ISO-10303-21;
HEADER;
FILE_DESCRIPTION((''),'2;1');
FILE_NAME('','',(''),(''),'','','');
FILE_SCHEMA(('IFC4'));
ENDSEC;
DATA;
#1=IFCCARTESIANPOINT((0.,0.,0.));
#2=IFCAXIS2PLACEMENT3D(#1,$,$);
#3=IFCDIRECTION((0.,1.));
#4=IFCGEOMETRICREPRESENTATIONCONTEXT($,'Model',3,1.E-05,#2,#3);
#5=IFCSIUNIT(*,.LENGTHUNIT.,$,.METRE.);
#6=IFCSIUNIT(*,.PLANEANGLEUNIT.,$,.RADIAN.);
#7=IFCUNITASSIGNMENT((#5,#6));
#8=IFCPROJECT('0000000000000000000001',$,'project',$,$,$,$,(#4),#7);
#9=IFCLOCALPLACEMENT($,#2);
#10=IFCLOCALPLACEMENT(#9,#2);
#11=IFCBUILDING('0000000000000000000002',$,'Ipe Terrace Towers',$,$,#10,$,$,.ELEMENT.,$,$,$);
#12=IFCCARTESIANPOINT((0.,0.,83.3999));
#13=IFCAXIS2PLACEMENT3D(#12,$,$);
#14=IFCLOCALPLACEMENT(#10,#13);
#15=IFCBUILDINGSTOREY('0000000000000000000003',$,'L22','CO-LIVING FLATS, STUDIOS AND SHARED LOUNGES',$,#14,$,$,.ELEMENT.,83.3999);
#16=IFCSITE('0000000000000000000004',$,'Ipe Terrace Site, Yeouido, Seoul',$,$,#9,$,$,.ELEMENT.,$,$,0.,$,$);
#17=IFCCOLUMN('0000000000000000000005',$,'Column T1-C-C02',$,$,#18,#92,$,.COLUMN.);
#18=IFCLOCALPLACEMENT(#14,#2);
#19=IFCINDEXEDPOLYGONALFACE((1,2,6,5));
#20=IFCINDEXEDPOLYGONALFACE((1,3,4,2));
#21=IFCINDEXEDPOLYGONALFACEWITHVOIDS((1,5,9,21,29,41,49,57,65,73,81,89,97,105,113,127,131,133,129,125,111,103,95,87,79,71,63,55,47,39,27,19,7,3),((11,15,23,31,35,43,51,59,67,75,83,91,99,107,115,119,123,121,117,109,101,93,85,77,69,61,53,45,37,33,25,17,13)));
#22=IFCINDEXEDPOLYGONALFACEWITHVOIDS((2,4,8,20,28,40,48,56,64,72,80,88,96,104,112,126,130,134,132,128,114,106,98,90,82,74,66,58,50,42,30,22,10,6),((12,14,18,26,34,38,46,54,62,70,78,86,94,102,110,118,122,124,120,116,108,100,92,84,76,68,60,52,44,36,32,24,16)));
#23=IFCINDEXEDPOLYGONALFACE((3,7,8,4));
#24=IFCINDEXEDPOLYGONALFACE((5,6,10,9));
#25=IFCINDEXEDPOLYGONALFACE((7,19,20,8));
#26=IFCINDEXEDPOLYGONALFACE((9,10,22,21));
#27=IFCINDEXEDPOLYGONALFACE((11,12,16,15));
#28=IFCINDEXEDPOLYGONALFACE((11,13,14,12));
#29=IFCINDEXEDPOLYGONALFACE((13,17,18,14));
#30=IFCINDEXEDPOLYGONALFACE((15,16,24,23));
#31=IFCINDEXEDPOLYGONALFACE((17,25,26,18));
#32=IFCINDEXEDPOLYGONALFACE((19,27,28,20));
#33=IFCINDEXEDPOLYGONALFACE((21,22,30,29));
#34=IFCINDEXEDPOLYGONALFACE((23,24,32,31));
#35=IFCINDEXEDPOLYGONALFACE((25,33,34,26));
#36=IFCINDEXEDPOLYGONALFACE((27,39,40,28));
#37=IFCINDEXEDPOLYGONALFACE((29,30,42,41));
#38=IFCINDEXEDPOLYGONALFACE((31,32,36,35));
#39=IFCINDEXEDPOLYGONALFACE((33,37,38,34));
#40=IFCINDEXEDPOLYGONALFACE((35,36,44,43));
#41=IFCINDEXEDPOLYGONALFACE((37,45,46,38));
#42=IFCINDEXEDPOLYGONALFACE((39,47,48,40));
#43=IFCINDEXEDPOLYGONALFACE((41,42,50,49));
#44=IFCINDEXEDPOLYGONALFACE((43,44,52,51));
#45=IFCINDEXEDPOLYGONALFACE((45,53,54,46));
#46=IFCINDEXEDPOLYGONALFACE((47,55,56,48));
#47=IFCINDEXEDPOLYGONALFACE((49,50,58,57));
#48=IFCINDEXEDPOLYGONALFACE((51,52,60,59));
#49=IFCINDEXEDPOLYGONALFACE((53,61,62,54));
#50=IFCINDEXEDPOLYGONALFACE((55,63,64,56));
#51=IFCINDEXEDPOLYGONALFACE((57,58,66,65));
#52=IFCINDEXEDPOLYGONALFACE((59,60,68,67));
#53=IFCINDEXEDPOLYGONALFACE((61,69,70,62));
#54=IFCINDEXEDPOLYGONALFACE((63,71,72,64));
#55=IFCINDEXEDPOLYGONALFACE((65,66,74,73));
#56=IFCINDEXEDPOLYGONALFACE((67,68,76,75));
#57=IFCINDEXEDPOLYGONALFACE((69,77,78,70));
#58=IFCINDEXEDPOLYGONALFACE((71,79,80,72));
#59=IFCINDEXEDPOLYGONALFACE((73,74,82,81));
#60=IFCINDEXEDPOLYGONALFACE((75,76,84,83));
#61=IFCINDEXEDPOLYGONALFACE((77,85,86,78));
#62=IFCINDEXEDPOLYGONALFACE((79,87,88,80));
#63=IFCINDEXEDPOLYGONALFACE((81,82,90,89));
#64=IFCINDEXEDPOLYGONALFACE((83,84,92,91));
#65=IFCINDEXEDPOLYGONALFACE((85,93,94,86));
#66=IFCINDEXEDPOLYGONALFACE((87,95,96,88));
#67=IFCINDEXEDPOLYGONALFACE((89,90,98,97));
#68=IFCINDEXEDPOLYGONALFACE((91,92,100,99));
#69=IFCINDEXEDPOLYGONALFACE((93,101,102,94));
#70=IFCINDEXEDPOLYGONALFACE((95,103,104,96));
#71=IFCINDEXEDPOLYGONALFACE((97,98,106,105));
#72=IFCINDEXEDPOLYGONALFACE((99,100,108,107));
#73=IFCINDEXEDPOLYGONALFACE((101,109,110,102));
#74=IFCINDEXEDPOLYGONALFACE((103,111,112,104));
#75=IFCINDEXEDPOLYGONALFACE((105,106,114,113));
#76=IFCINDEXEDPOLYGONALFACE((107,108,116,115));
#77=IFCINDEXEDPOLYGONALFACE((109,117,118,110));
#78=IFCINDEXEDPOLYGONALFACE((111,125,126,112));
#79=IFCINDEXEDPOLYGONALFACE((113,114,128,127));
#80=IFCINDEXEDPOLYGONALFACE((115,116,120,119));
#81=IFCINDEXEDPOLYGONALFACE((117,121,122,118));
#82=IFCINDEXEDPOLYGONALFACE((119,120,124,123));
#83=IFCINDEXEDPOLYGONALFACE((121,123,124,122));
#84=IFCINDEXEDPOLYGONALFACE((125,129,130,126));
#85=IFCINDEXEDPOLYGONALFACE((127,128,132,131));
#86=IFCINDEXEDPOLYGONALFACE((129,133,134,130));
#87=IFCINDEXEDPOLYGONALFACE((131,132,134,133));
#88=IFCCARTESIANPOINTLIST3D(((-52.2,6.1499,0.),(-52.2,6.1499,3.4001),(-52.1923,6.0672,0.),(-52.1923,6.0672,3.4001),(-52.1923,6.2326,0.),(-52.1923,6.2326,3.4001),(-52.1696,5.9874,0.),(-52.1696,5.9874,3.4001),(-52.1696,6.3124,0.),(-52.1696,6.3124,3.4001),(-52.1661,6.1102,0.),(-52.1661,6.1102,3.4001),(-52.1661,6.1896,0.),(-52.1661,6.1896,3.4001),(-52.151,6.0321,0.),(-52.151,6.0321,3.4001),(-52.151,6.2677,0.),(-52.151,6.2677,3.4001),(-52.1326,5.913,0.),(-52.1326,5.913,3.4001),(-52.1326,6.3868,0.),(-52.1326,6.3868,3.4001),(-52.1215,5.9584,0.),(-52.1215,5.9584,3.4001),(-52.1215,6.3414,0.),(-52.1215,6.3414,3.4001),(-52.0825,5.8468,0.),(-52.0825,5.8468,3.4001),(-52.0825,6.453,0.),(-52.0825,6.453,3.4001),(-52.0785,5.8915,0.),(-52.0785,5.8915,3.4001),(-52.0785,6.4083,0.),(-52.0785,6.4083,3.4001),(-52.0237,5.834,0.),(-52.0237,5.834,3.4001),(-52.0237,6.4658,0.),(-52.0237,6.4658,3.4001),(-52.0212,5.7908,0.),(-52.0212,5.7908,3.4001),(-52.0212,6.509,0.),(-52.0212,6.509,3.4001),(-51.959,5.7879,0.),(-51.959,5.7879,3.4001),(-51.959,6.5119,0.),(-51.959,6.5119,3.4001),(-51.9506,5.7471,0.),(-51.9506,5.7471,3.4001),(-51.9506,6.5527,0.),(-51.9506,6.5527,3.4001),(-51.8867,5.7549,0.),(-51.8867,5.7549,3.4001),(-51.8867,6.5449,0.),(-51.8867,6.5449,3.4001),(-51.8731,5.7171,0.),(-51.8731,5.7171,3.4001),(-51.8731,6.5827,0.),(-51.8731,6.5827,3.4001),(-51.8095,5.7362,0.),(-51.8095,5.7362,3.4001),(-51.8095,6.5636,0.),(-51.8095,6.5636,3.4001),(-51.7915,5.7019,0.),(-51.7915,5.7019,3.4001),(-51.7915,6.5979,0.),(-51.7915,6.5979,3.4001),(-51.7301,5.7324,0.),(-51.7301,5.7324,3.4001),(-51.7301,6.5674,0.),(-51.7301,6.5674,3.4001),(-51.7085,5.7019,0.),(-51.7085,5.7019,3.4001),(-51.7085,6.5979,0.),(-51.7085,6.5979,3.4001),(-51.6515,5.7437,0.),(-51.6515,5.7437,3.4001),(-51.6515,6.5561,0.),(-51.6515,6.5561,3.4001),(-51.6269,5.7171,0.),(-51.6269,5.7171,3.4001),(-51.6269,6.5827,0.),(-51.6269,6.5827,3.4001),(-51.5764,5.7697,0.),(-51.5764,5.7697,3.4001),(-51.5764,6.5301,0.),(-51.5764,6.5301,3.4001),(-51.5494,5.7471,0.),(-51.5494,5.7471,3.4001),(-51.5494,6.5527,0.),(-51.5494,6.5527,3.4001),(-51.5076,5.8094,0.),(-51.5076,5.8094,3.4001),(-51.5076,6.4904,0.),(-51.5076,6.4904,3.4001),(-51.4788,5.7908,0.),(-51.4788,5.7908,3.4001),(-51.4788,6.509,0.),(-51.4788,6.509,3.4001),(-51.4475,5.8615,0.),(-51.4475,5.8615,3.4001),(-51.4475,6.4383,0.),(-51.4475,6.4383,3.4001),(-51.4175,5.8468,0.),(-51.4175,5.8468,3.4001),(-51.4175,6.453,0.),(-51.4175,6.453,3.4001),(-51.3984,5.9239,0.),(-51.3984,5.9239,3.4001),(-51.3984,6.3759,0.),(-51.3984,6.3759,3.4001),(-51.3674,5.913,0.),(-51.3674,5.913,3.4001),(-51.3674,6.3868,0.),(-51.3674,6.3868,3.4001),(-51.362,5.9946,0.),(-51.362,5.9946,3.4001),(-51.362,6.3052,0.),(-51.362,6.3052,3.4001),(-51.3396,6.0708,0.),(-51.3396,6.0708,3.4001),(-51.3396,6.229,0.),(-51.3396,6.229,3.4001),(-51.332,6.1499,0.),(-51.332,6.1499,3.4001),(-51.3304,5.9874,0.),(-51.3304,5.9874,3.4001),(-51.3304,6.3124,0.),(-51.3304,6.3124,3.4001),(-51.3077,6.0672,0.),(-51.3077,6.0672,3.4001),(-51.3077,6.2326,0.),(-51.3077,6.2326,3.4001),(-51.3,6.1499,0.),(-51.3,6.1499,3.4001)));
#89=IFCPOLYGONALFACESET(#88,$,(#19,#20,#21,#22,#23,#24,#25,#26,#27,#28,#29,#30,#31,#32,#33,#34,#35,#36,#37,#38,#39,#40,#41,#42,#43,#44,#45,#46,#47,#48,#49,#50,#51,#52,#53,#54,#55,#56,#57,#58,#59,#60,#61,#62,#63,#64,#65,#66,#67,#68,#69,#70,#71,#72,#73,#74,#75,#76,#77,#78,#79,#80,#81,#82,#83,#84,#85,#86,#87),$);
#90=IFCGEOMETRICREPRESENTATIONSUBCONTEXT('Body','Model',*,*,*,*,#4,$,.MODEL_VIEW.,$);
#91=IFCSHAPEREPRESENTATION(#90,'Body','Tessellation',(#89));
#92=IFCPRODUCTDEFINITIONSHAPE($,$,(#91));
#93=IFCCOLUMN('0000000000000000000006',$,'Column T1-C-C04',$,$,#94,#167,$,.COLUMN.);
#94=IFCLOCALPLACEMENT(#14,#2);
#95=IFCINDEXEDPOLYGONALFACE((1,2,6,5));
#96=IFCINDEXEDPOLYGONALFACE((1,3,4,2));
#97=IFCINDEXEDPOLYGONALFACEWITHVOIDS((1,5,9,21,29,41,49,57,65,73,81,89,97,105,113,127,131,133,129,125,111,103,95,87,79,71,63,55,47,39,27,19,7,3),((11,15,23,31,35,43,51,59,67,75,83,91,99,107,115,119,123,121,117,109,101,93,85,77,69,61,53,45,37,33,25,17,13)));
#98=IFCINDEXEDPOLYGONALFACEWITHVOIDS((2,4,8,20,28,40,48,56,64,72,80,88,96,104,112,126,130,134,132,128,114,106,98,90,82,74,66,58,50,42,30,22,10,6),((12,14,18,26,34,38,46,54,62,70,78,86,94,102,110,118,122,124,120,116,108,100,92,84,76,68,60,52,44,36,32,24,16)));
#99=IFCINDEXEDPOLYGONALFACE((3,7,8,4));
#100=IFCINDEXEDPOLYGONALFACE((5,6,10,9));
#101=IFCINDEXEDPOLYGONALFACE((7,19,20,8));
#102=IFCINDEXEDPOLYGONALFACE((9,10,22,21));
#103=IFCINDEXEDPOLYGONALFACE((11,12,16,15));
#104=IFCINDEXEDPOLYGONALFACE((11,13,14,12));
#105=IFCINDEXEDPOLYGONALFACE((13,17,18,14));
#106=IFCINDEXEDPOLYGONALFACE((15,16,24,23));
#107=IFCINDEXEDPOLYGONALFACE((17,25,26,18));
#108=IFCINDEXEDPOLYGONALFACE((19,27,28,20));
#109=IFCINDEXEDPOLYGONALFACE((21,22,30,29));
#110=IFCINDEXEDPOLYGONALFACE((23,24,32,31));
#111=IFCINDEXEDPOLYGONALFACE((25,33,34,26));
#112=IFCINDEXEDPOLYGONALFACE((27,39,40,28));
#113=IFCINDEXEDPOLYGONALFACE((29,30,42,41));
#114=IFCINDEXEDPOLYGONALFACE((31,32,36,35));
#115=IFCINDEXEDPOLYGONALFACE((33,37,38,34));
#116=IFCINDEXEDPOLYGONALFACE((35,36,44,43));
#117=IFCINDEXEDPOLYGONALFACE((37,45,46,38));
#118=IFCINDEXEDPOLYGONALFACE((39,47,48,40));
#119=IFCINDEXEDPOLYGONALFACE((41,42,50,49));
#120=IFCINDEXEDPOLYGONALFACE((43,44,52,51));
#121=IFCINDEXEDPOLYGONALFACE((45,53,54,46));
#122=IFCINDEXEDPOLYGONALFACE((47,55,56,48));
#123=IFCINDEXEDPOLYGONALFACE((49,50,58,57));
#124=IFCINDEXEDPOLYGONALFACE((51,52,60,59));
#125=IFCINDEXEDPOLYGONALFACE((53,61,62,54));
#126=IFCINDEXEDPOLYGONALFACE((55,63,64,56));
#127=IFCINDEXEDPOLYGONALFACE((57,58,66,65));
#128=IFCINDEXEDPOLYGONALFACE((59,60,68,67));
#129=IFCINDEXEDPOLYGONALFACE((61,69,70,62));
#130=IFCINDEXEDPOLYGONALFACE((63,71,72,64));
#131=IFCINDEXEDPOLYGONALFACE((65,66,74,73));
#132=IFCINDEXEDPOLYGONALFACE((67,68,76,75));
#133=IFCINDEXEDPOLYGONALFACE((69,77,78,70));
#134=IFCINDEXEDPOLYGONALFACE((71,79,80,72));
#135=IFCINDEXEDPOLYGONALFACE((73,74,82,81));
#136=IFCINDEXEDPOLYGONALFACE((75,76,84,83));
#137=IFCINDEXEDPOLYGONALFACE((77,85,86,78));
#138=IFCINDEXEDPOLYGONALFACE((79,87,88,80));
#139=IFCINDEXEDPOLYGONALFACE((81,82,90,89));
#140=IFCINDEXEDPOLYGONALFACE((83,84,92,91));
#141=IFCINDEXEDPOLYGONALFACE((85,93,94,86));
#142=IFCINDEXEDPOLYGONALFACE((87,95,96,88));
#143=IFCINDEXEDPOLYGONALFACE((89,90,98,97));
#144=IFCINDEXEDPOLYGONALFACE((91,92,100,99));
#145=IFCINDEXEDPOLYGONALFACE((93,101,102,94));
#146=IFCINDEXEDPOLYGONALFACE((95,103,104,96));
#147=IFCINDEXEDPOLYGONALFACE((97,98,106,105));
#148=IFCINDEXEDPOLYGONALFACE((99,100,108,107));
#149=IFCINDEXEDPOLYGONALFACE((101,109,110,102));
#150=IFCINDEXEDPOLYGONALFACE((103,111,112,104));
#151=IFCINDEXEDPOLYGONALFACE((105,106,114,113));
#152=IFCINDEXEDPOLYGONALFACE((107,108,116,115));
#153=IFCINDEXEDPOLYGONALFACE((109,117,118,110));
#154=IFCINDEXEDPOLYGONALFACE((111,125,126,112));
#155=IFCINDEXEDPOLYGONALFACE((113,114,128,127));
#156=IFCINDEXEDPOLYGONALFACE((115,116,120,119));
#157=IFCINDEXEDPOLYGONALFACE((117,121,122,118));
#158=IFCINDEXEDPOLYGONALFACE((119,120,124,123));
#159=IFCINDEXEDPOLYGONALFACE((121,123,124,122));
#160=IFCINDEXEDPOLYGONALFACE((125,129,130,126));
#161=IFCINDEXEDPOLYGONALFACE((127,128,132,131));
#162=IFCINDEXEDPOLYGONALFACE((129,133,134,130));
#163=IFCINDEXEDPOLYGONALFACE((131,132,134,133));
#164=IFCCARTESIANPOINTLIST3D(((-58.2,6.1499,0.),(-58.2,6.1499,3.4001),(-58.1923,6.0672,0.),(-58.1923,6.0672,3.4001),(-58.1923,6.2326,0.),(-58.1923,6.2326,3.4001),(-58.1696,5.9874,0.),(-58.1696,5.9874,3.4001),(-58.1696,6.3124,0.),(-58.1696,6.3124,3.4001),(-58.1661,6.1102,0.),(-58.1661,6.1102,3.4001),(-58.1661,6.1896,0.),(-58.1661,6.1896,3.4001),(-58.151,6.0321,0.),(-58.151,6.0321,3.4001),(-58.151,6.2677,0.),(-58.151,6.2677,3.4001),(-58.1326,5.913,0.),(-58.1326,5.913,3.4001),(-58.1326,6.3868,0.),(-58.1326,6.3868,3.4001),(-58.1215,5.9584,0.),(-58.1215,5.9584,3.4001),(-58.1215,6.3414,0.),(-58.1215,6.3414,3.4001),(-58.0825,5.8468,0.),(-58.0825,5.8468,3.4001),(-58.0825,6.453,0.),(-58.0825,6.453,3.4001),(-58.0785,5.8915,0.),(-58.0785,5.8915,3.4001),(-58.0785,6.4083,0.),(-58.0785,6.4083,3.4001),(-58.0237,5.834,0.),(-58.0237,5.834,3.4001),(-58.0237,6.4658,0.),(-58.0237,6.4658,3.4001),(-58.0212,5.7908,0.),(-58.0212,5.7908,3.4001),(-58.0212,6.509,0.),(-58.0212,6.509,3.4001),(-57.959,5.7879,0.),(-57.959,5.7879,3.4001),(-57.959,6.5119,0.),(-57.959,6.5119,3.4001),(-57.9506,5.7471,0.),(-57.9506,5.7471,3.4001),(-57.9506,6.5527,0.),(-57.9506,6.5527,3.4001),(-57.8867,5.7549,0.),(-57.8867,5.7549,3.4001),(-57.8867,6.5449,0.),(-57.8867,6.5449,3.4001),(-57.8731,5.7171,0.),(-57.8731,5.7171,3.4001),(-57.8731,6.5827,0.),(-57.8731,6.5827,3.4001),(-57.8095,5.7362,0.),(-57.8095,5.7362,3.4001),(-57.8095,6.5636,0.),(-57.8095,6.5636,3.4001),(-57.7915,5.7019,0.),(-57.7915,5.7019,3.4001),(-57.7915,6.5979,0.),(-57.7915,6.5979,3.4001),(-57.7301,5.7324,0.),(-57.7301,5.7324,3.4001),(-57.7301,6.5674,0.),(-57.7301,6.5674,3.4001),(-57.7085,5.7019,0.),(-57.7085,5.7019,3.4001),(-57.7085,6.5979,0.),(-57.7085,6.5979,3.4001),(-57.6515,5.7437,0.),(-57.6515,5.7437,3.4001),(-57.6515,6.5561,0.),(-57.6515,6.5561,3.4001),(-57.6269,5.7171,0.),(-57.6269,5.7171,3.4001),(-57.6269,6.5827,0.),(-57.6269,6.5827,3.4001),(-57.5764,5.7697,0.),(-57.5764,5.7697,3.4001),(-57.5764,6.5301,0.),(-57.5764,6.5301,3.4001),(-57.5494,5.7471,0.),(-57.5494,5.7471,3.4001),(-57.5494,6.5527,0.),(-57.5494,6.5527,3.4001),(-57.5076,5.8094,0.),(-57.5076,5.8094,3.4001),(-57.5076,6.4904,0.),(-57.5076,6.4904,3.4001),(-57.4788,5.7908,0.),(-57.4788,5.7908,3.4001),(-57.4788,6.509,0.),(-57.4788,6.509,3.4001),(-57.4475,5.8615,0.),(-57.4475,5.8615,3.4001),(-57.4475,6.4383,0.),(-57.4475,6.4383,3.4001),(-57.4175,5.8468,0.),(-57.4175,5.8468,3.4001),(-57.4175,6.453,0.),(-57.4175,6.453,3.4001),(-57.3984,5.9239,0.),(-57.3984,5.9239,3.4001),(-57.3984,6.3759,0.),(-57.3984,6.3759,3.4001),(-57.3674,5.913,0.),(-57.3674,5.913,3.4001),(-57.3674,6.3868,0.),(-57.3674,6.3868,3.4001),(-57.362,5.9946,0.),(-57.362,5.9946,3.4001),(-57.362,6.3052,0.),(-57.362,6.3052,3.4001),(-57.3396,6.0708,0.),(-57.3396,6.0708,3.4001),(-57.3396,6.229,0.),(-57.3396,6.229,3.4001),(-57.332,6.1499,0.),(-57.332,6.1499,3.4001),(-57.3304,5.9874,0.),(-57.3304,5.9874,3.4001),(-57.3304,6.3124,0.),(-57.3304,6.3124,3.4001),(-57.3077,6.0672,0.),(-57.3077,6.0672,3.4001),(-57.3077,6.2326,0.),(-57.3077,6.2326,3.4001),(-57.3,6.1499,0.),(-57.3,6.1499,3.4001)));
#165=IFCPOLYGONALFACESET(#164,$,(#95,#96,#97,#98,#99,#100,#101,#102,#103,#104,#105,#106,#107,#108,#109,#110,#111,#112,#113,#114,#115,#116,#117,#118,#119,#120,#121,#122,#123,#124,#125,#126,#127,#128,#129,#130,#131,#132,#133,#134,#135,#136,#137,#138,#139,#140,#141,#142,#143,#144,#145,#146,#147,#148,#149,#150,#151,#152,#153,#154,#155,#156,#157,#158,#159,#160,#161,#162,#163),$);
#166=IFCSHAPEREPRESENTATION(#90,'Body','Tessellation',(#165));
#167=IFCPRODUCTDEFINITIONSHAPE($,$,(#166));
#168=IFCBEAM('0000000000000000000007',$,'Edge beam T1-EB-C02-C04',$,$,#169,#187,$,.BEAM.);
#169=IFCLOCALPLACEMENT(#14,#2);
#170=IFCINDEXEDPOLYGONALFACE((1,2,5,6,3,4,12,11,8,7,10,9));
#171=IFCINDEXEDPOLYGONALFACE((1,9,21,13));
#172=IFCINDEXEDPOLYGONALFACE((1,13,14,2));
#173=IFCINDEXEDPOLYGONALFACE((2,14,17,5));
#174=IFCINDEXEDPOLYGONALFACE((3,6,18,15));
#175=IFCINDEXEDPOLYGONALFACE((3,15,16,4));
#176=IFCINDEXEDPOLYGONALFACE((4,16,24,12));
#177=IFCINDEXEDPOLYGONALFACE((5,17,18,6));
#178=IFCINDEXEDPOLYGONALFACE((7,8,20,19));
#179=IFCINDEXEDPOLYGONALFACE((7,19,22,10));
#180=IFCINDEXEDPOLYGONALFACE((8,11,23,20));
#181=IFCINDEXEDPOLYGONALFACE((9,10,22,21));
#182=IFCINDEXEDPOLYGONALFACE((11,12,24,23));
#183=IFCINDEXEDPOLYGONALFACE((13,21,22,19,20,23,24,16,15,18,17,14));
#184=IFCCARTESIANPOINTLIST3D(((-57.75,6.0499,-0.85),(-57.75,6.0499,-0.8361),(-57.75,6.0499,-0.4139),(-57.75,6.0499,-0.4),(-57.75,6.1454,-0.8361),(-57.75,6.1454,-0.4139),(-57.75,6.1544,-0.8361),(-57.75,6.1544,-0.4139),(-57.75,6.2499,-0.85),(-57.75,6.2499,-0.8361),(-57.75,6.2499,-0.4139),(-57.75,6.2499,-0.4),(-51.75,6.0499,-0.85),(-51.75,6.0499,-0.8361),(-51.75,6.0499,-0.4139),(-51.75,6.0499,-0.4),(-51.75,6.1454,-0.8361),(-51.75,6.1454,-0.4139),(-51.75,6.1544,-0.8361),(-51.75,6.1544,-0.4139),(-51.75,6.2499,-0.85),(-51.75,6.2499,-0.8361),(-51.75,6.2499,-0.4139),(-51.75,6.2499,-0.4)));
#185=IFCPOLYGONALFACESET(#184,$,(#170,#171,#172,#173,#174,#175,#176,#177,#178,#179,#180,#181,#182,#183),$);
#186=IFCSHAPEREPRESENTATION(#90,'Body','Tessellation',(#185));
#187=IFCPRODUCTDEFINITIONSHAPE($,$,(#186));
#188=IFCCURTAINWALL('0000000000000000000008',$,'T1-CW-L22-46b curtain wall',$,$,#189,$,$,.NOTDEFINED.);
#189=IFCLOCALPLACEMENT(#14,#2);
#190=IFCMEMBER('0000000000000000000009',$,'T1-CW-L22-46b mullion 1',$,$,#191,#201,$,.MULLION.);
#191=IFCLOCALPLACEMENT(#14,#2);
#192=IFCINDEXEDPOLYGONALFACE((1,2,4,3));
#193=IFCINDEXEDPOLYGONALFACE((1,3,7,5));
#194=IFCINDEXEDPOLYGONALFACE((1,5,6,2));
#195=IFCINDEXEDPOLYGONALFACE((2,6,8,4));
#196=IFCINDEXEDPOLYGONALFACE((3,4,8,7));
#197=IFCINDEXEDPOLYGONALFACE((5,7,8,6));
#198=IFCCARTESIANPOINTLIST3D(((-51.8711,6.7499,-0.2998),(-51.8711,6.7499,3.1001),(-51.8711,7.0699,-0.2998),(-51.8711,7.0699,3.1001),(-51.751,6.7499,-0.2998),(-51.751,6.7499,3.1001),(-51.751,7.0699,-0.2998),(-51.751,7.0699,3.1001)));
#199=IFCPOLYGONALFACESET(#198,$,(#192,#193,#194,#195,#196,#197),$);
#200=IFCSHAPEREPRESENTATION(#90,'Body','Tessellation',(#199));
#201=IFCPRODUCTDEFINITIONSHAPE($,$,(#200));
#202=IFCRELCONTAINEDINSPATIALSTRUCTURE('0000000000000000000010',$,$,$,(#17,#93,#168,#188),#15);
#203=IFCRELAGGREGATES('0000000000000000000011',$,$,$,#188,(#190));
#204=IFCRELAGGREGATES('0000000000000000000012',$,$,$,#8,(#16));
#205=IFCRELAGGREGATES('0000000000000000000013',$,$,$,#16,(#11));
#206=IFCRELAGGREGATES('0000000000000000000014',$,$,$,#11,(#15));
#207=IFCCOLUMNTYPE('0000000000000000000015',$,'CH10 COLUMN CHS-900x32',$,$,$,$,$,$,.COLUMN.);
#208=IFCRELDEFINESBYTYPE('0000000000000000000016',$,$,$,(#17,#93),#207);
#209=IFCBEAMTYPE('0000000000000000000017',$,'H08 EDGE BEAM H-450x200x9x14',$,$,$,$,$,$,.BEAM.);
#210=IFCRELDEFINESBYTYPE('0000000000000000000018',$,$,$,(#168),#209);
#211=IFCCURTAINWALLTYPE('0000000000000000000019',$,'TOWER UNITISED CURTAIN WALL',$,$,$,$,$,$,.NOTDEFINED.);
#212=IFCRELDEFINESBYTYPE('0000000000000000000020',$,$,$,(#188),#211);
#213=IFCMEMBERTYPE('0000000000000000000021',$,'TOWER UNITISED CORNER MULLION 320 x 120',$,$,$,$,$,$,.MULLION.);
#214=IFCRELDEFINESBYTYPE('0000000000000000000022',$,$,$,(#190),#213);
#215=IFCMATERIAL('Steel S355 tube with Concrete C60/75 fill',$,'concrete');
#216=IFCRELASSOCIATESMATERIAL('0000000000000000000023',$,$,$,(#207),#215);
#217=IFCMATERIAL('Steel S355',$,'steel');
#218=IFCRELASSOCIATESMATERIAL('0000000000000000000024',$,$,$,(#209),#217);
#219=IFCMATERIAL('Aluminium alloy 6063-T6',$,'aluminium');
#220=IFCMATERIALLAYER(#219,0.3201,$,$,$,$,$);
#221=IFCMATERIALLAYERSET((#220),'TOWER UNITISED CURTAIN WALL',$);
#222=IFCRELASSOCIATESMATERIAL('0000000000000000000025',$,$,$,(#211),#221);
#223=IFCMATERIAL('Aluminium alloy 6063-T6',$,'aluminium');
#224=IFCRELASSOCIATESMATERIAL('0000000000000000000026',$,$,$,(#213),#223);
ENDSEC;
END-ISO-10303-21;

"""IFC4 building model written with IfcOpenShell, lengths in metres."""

from ifc_helpers import new_model, si_unit, direction, frame, origin, origin_2d, place, context, subcontext, project, spatial, rectangle, hollow_circle, i_section, extrude, material, layer, layer_set, material_profile, profile_set, type_object, element, aggregate, save


model = new_model("IFC4")

# Units and contexts
model_context = context("Model", 3, precision=1e-05, world=origin(), true_north=direction((0.0, 1.0)))
body_context = subcontext(model_context, "Body", "Model", "MODEL_VIEW")
ifc_project = project(units=[si_unit("LENGTHUNIT", "METRE"), si_unit("PLANEANGLEUNIT", "RADIAN")], contexts=[model_context])

# Site, building, storey
site_placement = place(None, origin())
site = spatial("IfcSite", under=ifc_project, at=site_placement, Name="Ipe Terrace Site, Yeouido, Seoul", CompositionType="ELEMENT", RefElevation=0.0)
building_placement = place(site_placement, origin())
building = spatial("IfcBuilding", under=site, at=building_placement, Name="Ipe Terrace Towers", CompositionType="ELEMENT")
storey_placement = place(building_placement, frame((0.0, 0.0, 83.3999)))
storey = spatial("IfcBuildingStorey", under=building, at=storey_placement, Name="L22", Description="CO-LIVING FLATS, STUDIOS AND SHARED LOUNGES", CompositionType="ELEMENT", Elevation=83.3999)

# Columns
ifc_material_1 = material(Name="Steel S355 tube with Concrete C60/75 fill", Category="concrete")
ifc_material_profile_1 = material_profile(ifc_material_1, hollow_circle(Radius=0.45, WallThickness=0.032, at=origin_2d()), Name="CHS-900x32")
ifc_profile_set_1 = profile_set([ifc_material_profile_1], Name="Steel S355 tube with Concrete C60/75 fill")
column_type = type_object("IfcColumnType", Name="CH10 COLUMN CHS-900x32", PredefinedType="COLUMN", material=ifc_profile_set_1)
for number, where, z_axis, x_axis, name in (
    (1, (-51.75, 6.1499, 0.0), (0.0, 0.0, 1.0), (1.0, 0.0, 0.0), "Column T1-C-C02"),
    (2, (-57.75, 6.1499, 0.0), (0.0, 0.0, 1.0), (1.0, 0.0, 0.0), "Column T1-C-C04"),
):
    element("IfcColumn", number, at=place(storey_placement, frame(where, z_axis=z_axis, x_axis=x_axis)), inside=storey, type_object=column_type, Name=name, PredefinedType="COLUMN", context=body_context, shape_type="SweptSolid", body=[
        extrude(hollow_circle(Radius=0.45, WallThickness=0.032, at=origin_2d()), origin(), (0.0, 0.0, 1.0), 3.4001),
    ])

# Beam
ifc_material_2 = material(Name="Steel S355", Category="steel")
ifc_material_profile_2 = material_profile(ifc_material_2, i_section(OverallWidth=0.2, OverallDepth=0.45, WebThickness=0.009, FlangeThickness=0.0139, at=origin_2d()), Name="H-450x200x9x14")
ifc_profile_set_2 = profile_set([ifc_material_profile_2], Name="Steel S355")
beam_type = type_object("IfcBeamType", Name="H08 EDGE BEAM H-450x200x9x14", PredefinedType="BEAM", material=ifc_profile_set_2)
beam_placement = place(storey_placement, frame((-51.75, 6.1499, -0.625), z_axis=(-1.0, 0.0, 0.0), x_axis=(0.0, -1.0, 0.0)))
element("IfcBeam", 3, at=beam_placement, inside=storey, type_object=beam_type, Name="Edge beam T1-EB-C02-C04", PredefinedType="BEAM", context=body_context, shape_type="SweptSolid", body=[
    extrude(i_section(OverallWidth=0.2, OverallDepth=0.45, WebThickness=0.009, FlangeThickness=0.0139, at=origin_2d()), origin(), (0.0, 0.0, 1.0), 6.0),
])

# Curtain wall, member
ifc_material_3 = material(Name="Aluminium alloy 6063-T6", Category="aluminium")
ifc_layer_1 = layer(ifc_material_3, 0.3201)
ifc_layer_set_1 = layer_set([ifc_layer_1], Name="TOWER UNITISED CURTAIN WALL")
curtain_wall_type = type_object("IfcCurtainWallType", Name="TOWER UNITISED CURTAIN WALL", PredefinedType="NOTDEFINED", material=ifc_layer_set_1)
curtain_wall_1_placement = place(storey_placement, origin())
curtain_wall_1 = element("IfcCurtainWall", 4, at=curtain_wall_1_placement, inside=storey, type_object=curtain_wall_type, Name="T1-CW-L22-46b curtain wall", PredefinedType="NOTDEFINED")
ifc_material_4 = material(Name="Aluminium alloy 6063-T6", Category="aluminium")
ifc_material_profile_3 = material_profile(ifc_material_4, rectangle(XDim=0.3201, YDim=0.1201, at=origin_2d()), Name="TOWER UNITISED CORNER MULLION 320 x 120")
ifc_profile_set_3 = profile_set([ifc_material_profile_3], Name="Aluminium alloy 6063-T6")
member_type_1 = type_object("IfcMemberType", Name="TOWER UNITISED CORNER MULLION 320 x 120", PredefinedType="MULLION", material=ifc_profile_set_3)
member_1_placement = place(storey_placement, frame((-51.811, 6.9099, -0.2998), z_axis=(0.0, 0.0, 1.0), x_axis=(0.0, 1.0, 0.0)))
member_1 = element("IfcMember", 5, at=member_1_placement, type_object=member_type_1, Name="T1-CW-L22-46b mullion 1", PredefinedType="MULLION", context=body_context, shape_type="SweptSolid", body=[
    extrude(rectangle(XDim=0.3201, YDim=0.1201, at=origin_2d()), origin(), (0.0, 0.0, 1.0), 3.3999),
])

aggregate(curtain_wall_1, [member_1])

save(model, "model.ifc")
